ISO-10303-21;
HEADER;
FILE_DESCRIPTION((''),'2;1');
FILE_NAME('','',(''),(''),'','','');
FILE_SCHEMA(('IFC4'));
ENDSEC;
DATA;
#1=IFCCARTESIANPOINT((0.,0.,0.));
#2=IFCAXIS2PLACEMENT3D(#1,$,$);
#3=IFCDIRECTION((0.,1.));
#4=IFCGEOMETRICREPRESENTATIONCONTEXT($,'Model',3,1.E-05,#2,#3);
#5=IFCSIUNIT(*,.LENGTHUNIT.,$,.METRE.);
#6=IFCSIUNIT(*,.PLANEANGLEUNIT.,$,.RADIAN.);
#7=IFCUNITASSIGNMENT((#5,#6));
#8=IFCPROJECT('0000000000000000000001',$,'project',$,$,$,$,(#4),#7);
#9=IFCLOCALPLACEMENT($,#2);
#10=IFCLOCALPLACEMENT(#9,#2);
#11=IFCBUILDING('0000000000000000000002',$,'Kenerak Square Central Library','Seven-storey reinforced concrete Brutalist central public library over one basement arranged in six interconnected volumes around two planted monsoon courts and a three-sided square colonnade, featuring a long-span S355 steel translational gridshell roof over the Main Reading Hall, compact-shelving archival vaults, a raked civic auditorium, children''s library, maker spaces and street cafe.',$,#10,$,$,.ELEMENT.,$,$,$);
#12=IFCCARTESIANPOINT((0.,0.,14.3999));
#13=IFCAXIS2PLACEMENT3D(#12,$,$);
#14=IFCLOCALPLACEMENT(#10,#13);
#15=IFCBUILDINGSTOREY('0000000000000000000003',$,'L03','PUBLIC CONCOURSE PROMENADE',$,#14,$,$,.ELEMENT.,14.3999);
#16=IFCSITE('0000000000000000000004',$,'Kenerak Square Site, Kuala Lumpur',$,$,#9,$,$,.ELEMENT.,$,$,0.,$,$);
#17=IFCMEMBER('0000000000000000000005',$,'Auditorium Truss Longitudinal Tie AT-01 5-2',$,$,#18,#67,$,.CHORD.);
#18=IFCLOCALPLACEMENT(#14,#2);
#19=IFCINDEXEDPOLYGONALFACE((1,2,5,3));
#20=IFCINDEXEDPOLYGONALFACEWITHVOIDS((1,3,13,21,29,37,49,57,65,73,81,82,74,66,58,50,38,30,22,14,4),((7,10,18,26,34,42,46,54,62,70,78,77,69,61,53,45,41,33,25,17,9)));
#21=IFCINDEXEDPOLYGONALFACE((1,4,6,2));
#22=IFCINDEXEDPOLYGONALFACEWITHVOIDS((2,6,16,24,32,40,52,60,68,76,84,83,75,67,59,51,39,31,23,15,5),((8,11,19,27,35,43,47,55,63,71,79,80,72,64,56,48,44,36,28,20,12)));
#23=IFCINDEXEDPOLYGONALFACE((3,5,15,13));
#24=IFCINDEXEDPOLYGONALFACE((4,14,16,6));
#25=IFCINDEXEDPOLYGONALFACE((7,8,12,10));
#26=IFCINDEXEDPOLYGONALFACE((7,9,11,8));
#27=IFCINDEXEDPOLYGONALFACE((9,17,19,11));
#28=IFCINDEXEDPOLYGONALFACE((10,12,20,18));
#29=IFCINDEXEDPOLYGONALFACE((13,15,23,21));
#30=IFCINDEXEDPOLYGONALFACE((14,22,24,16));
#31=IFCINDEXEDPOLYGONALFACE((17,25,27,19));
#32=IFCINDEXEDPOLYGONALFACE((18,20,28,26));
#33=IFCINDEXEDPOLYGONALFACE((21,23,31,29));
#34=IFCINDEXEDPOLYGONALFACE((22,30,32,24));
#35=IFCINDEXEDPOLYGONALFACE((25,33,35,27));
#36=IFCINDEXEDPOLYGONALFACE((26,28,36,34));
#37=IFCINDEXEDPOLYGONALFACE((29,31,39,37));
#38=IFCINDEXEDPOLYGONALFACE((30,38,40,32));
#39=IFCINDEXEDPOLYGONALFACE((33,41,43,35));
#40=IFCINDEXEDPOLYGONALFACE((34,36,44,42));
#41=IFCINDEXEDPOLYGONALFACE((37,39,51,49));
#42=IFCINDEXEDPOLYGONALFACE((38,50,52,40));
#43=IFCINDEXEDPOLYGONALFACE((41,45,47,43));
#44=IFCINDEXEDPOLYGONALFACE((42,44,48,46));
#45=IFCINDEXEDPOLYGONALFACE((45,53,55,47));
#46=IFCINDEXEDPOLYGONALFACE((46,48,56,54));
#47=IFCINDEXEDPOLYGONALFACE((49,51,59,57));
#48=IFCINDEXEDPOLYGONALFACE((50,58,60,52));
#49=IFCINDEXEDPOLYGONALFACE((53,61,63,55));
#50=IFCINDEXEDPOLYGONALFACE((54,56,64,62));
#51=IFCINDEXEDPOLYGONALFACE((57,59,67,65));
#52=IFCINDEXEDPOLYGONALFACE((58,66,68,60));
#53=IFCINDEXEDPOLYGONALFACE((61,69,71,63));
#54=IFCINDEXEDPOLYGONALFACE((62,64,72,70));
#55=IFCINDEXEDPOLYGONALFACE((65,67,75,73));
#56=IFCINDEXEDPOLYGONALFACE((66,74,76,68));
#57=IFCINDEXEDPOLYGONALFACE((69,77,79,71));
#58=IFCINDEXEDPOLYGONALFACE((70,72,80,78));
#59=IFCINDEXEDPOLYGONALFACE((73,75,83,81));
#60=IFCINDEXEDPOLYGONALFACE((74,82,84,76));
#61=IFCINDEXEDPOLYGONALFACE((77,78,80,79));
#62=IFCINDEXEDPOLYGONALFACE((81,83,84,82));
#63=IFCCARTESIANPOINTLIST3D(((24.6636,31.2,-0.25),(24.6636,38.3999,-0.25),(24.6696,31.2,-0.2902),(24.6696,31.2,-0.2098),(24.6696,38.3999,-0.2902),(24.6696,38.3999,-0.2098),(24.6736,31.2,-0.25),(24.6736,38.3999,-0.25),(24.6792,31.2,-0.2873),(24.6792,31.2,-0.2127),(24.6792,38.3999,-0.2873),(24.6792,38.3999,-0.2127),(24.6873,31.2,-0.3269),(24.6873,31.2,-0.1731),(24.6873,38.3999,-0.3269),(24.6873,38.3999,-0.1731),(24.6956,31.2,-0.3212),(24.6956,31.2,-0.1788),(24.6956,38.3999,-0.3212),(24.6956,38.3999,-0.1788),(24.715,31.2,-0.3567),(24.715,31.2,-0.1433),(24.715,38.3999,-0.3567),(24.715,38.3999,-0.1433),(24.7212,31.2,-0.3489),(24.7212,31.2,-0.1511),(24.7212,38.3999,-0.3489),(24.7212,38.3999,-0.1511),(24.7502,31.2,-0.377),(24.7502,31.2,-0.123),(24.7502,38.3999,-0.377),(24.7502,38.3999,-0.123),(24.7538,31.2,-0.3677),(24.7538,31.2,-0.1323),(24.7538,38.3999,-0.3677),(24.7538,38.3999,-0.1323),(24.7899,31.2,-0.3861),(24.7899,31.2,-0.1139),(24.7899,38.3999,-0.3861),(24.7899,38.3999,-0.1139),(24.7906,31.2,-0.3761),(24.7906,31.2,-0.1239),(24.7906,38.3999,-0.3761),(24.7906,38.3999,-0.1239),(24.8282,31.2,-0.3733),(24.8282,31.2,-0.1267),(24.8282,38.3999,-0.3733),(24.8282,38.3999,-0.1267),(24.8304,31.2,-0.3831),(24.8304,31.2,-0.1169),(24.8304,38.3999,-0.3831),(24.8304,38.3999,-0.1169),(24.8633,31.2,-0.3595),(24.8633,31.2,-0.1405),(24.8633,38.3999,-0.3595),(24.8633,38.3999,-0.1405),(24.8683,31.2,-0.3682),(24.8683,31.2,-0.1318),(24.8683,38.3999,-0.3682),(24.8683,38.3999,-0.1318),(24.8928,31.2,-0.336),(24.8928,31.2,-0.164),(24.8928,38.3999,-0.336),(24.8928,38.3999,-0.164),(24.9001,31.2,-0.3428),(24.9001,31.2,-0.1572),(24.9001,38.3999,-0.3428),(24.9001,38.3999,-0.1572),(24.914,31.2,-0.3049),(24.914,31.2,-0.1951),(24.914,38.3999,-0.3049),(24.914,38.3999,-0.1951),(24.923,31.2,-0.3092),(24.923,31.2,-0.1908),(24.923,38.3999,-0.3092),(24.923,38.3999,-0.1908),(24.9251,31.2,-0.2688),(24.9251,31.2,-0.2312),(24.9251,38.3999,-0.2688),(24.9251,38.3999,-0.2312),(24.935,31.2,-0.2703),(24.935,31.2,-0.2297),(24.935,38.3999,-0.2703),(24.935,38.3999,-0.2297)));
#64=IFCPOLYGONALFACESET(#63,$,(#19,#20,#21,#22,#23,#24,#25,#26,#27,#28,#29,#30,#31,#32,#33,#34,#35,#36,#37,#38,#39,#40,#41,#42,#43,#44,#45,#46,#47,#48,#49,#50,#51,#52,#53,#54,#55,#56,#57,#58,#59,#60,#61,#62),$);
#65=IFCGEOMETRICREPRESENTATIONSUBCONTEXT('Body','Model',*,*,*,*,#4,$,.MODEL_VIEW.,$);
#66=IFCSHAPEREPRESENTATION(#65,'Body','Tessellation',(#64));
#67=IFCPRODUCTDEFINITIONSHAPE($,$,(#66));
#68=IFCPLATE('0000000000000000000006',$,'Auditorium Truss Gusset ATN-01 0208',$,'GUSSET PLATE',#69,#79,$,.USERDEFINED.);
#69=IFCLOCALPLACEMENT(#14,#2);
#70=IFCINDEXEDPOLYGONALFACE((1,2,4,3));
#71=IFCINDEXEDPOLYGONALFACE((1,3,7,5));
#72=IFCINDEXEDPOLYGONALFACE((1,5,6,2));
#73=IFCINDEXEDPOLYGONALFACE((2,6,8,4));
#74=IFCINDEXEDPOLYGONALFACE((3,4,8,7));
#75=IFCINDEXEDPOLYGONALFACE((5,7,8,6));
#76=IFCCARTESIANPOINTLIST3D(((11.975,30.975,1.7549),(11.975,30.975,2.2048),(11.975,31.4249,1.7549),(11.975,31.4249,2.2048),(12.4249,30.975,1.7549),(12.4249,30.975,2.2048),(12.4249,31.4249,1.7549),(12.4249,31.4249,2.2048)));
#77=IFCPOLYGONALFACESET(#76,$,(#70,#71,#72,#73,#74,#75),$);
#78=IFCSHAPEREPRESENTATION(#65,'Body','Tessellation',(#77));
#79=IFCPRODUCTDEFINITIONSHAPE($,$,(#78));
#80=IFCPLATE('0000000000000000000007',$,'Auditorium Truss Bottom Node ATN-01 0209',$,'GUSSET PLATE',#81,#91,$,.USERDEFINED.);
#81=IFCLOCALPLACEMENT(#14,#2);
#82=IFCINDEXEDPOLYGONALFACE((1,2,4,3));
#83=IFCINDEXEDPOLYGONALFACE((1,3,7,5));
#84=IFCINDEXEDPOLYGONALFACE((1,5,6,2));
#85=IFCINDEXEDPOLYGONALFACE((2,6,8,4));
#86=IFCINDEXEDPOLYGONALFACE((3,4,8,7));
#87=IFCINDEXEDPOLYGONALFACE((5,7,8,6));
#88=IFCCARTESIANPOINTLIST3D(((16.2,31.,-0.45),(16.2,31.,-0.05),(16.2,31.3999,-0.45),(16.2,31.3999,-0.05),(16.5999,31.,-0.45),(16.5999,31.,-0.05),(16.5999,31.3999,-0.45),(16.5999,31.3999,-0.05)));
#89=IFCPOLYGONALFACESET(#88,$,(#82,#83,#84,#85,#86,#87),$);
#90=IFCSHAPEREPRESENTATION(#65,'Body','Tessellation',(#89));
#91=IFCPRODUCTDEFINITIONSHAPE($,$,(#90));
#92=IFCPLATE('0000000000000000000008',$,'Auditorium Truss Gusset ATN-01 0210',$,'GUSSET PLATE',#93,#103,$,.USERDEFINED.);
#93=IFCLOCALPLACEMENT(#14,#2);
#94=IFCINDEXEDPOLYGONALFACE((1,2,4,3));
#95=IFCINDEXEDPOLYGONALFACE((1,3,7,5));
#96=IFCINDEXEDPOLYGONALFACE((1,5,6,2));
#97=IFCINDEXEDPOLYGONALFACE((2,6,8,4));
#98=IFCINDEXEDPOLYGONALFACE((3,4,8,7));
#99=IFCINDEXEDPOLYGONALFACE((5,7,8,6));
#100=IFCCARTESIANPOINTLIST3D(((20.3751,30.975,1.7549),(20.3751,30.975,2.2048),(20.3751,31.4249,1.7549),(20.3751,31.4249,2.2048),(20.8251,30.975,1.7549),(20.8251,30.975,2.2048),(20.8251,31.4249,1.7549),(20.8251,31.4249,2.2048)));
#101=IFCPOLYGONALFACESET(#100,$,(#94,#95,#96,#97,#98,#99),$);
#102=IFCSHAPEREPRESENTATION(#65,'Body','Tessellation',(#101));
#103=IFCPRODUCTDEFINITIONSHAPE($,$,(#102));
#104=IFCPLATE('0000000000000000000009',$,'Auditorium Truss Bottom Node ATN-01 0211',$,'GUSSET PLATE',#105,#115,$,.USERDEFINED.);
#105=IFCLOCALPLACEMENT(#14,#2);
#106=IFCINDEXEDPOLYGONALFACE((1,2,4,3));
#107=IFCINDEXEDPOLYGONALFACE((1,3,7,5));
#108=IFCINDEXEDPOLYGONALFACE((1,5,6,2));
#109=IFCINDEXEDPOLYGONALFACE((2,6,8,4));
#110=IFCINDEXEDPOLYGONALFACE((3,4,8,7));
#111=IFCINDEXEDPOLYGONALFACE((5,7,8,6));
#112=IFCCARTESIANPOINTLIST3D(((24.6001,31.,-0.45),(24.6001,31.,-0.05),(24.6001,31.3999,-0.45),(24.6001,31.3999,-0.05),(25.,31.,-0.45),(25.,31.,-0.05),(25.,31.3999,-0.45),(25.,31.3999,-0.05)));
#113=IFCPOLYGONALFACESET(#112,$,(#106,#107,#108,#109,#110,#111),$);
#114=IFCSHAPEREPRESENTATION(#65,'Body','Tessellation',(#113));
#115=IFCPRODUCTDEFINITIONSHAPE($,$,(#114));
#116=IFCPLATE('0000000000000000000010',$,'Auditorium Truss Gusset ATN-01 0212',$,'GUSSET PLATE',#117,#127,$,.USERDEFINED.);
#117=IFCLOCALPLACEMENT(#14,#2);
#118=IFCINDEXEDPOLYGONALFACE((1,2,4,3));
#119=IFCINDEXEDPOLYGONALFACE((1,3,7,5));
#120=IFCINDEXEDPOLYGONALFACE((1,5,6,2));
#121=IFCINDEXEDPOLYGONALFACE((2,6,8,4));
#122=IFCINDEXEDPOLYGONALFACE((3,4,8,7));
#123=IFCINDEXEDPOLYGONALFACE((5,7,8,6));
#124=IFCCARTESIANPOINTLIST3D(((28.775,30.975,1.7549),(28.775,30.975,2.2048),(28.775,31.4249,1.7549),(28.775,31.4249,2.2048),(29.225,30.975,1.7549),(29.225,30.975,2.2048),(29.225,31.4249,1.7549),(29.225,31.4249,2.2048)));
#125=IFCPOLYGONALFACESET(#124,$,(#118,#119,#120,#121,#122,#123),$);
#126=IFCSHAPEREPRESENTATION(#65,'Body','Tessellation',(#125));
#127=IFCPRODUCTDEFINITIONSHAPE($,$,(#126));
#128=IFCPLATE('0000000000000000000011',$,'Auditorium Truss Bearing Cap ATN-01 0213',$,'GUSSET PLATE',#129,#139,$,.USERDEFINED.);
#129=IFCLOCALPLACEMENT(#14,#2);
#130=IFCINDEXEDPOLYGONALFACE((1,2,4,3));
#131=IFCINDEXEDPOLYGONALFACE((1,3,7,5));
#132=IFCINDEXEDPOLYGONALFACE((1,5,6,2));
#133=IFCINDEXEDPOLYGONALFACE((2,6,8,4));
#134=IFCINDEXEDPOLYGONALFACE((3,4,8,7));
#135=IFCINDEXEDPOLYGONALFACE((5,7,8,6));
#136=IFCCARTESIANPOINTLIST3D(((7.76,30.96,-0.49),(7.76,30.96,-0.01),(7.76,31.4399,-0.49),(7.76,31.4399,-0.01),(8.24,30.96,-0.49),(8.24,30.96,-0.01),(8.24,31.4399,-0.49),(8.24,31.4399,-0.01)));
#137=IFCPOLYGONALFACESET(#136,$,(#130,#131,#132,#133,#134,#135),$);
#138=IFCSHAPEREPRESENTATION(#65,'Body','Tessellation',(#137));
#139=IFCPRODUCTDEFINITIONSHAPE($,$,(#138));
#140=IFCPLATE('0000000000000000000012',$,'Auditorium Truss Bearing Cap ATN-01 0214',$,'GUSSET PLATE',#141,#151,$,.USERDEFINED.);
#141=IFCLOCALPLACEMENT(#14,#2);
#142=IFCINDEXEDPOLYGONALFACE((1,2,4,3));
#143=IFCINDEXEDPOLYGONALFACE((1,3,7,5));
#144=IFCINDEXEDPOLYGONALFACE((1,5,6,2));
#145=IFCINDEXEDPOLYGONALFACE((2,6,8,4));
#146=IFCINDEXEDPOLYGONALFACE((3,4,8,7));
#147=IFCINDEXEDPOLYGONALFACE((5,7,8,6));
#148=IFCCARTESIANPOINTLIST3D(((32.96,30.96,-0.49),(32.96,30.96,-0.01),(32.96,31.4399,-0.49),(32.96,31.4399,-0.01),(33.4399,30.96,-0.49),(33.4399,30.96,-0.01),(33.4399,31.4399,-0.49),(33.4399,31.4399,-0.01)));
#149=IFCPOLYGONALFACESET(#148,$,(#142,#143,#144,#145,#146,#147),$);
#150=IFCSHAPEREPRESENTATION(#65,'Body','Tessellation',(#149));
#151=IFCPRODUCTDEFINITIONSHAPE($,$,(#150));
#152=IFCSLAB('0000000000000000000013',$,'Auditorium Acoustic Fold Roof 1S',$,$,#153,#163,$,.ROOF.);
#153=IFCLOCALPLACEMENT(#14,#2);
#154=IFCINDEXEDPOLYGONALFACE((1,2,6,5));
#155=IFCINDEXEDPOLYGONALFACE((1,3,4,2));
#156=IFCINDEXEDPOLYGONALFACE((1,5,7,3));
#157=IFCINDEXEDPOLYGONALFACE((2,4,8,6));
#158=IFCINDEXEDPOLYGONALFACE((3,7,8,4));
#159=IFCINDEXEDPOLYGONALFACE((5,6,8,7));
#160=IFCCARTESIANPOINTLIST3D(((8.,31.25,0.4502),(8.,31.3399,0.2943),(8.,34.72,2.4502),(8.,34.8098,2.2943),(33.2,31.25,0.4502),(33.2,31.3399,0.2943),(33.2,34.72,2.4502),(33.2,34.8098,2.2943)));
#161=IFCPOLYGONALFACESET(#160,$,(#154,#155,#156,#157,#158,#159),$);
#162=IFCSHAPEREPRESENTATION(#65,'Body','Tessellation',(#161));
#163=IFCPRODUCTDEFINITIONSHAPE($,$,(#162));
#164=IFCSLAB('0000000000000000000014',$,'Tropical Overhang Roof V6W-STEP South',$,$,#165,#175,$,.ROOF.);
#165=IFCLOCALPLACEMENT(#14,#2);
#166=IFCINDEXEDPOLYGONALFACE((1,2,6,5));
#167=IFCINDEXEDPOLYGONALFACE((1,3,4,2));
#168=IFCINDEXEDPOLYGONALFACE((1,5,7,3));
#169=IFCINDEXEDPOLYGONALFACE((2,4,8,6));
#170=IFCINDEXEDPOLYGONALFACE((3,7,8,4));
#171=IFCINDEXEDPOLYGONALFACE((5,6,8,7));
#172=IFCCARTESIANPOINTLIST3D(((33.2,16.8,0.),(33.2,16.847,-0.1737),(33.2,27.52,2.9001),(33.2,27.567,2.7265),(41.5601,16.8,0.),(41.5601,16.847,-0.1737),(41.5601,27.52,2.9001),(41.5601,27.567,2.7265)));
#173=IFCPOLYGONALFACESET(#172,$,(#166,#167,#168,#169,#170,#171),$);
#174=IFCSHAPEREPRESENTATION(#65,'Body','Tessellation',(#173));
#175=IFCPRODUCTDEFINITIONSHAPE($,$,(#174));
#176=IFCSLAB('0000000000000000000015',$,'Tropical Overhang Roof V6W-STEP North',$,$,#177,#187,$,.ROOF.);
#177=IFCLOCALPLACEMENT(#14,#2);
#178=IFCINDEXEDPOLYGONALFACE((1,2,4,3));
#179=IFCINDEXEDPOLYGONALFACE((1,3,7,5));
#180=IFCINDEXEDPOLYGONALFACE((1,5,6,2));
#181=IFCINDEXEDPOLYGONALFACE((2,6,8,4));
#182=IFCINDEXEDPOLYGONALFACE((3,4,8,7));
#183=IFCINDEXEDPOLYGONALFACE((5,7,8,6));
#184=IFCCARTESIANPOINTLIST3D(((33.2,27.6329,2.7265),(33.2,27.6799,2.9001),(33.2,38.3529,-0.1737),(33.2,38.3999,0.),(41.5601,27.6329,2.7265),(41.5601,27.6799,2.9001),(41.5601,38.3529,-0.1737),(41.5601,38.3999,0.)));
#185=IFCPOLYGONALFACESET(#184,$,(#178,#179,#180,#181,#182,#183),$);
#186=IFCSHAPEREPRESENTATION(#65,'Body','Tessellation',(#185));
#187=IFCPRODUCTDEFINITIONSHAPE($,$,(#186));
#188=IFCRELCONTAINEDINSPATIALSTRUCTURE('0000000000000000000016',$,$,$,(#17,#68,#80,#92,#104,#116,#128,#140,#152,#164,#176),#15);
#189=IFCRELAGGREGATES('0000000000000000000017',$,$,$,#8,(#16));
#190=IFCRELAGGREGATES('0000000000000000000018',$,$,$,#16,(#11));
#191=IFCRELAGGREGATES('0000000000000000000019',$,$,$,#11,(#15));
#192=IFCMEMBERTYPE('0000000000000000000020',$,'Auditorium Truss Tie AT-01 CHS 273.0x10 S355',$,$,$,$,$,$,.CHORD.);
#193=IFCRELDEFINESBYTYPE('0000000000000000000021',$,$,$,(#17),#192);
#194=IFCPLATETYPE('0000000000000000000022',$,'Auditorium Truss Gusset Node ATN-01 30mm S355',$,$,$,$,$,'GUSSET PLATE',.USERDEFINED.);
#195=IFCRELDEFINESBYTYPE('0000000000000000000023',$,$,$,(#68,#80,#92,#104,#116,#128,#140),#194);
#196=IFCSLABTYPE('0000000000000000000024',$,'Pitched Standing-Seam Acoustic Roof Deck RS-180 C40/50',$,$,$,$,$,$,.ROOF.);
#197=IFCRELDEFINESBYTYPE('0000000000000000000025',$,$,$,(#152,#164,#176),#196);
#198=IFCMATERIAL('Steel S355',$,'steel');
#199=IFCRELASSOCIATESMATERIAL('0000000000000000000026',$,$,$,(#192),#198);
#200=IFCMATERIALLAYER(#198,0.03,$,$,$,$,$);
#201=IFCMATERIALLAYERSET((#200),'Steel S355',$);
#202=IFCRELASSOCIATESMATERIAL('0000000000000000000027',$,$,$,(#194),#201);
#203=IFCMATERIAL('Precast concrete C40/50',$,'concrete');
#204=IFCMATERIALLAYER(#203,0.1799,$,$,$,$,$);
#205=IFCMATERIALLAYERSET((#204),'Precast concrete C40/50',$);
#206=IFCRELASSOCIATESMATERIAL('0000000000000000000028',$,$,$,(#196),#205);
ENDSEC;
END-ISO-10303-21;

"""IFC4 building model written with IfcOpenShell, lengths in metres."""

from ifc_helpers import new_model, si_unit, direction, frame, origin, origin_2d, place, context, subcontext, project, spatial, polyline, rectangle, hollow_circle, outline, extrude, material, layer, layer_set, material_profile, profile_set, type_object, element, save


model = new_model("IFC4")

# Units and contexts
model_context = context("Model", 3, precision=1e-05, world=origin(), true_north=direction((0.0, 1.0)))
body_context = subcontext(model_context, "Body", "Model", "MODEL_VIEW")
ifc_project = project(units=[si_unit("LENGTHUNIT", "METRE"), si_unit("PLANEANGLEUNIT", "RADIAN")], contexts=[model_context])

# Site, building, storey
site_placement = place(None, origin())
site = spatial("IfcSite", under=ifc_project, at=site_placement, Name="Kenerak Square Site, Kuala Lumpur", CompositionType="ELEMENT", RefElevation=0.0)
building_placement = place(site_placement, origin())
building = spatial("IfcBuilding", under=site, at=building_placement, Name="Kenerak Square Central Library", Description="Seven-storey reinforced concrete Brutalist central public library over one basement arranged in six interconnected volumes around two planted monsoon courts and a three-sided square colonnade, featuring a long-span S355 steel translational gridshell roof over the Main Reading Hall, compact-shelving archival vaults, a raked civic auditorium, children's library, maker spaces and street cafe.", CompositionType="ELEMENT")
storey_placement = place(building_placement, frame((0.0, 0.0, 14.3999)))
storey = spatial("IfcBuildingStorey", under=building, at=storey_placement, Name="L03", Description="PUBLIC CONCOURSE PROMENADE", CompositionType="ELEMENT", Elevation=14.3999)

# Shared definitions
ifc_material_1 = material(Name="Steel S355", Category="steel")

# Member
ifc_material_profile_1 = material_profile(ifc_material_1, hollow_circle(Radius=0.1365, WallThickness=0.01, at=origin_2d()), Name="CHS 273.0x10.0")
ifc_profile_set_1 = profile_set([ifc_material_profile_1], Name="Steel S355")
member_type_1 = type_object("IfcMemberType", Name="Auditorium Truss Tie AT-01 CHS 273.0x10 S355", PredefinedType="CHORD", material=ifc_profile_set_1)
for number, where, z_axis, x_axis, name in (
    (1, (24.8, 31.2, -0.25), (0.0, 1.0, 0.0), (-1.0, 0.0, 0.0), "Auditorium Truss Longitudinal Tie AT-01 5-2"),
):
    element("IfcMember", number, at=place(storey_placement, frame(where, z_axis=z_axis, x_axis=x_axis)), inside=storey, type_object=member_type_1, Name=name, PredefinedType="CHORD", context=body_context, shape_type="SweptSolid", body=[
        extrude(hollow_circle(Radius=0.1365, WallThickness=0.01, at=origin_2d()), origin(), (0.0, 0.0, 1.0), 7.2),
    ])

# Plates
ifc_layer_1 = layer(ifc_material_1, 0.03)
ifc_layer_set_1 = layer_set([ifc_layer_1], Name="Steel S355")
plate_type = type_object("IfcPlateType", Name="Auditorium Truss Gusset Node ATN-01 30mm S355", ElementType="GUSSET PLATE", PredefinedType="USERDEFINED", material=ifc_layer_set_1)
plate_1_placement = place(storey_placement, frame((12.2, 31.2, 1.7549), z_axis=(0.0, 0.0, 1.0), x_axis=(1.0, 0.0, 0.0)))
element("IfcPlate", 2, at=plate_1_placement, inside=storey, type_object=plate_type, Name="Auditorium Truss Gusset ATN-01 0208", ObjectType="GUSSET PLATE", PredefinedType="USERDEFINED", context=body_context, shape_type="SweptSolid", body=[
    extrude(rectangle(XDim=0.45, YDim=0.45, at=origin_2d()), origin(), (0.0, 0.0, 1.0), 0.45),
])
plate_2_placement = place(storey_placement, frame((16.3999, 31.2, -0.45), z_axis=(0.0, 0.0, 1.0), x_axis=(1.0, 0.0, 0.0)))
element("IfcPlate", 3, at=plate_2_placement, inside=storey, type_object=plate_type, Name="Auditorium Truss Bottom Node ATN-01 0209", ObjectType="GUSSET PLATE", PredefinedType="USERDEFINED", context=body_context, shape_type="SweptSolid", body=[
    extrude(rectangle(XDim=0.3999, YDim=0.3999, at=origin_2d()), origin(), (0.0, 0.0, 1.0), 0.3999),
])
plate_3_placement = place(storey_placement, frame((20.6001, 31.2, 1.7549), z_axis=(0.0, 0.0, 1.0), x_axis=(1.0, 0.0, 0.0)))
element("IfcPlate", 4, at=plate_3_placement, inside=storey, type_object=plate_type, Name="Auditorium Truss Gusset ATN-01 0210", ObjectType="GUSSET PLATE", PredefinedType="USERDEFINED", context=body_context, shape_type="SweptSolid", body=[
    extrude(rectangle(XDim=0.45, YDim=0.45, at=origin_2d()), origin(), (0.0, 0.0, 1.0), 0.45),
])
plate_4_placement = place(storey_placement, frame((24.8, 31.2, -0.45), z_axis=(0.0, 0.0, 1.0), x_axis=(1.0, 0.0, 0.0)))
element("IfcPlate", 5, at=plate_4_placement, inside=storey, type_object=plate_type, Name="Auditorium Truss Bottom Node ATN-01 0211", ObjectType="GUSSET PLATE", PredefinedType="USERDEFINED", context=body_context, shape_type="SweptSolid", body=[
    extrude(rectangle(XDim=0.3999, YDim=0.3999, at=origin_2d()), origin(), (0.0, 0.0, 1.0), 0.3999),
])
plate_5_placement = place(storey_placement, frame((29.0, 31.2, 1.7549), z_axis=(0.0, 0.0, 1.0), x_axis=(1.0, 0.0, 0.0)))
element("IfcPlate", 6, at=plate_5_placement, inside=storey, type_object=plate_type, Name="Auditorium Truss Gusset ATN-01 0212", ObjectType="GUSSET PLATE", PredefinedType="USERDEFINED", context=body_context, shape_type="SweptSolid", body=[
    extrude(rectangle(XDim=0.45, YDim=0.45, at=origin_2d()), origin(), (0.0, 0.0, 1.0), 0.45),
])
for number, where, z_axis, x_axis, name in (
    (7, (8.0, 31.2, -0.49), (0.0, 0.0, 1.0), (1.0, 0.0, 0.0), "Auditorium Truss Bearing Cap ATN-01 0213"),
    (8, (33.2, 31.2, -0.49), (0.0, 0.0, 1.0), (1.0, 0.0, 0.0), "Auditorium Truss Bearing Cap ATN-01 0214"),
):
    element("IfcPlate", number, at=place(storey_placement, frame(where, z_axis=z_axis, x_axis=x_axis)), inside=storey, type_object=plate_type, Name=name, ObjectType="GUSSET PLATE", PredefinedType="USERDEFINED", context=body_context, shape_type="SweptSolid", body=[
        extrude(rectangle(XDim=0.48, YDim=0.48, at=origin_2d()), origin(), (0.0, 0.0, 1.0), 0.48),
    ])

# Slabs
ifc_material_2 = material(Name="Precast concrete C40/50", Category="concrete")
ifc_layer_2 = layer(ifc_material_2, 0.1799)
ifc_layer_set_2 = layer_set([ifc_layer_2], Name="Precast concrete C40/50")
slab_type = type_object("IfcSlabType", Name="Pitched Standing-Seam Acoustic Roof Deck RS-180 C40/50", PredefinedType="ROOF", material=ifc_layer_set_2)
slab_placement = place(storey_placement, frame((8.0, 31.25, 0.4502), z_axis=(0.0, -0.499365, 0.866392), x_axis=(1.0, 0.0, 0.0)))
element("IfcSlab", 9, at=slab_placement, inside=storey, type_object=slab_type, Name="Auditorium Acoustic Fold Roof 1S", PredefinedType="ROOF", context=body_context, shape_type="SweptSolid", body=[
    extrude(outline(polyline([(0.0, 0.0), (25.2, 0.0), (25.2, 4.0051), (0.0, 4.0051), (0.0, 0.0)])), origin(), (0.0, 0.0, -1.0), 0.1799),
])
for number, where, z_axis, x_axis, name in (
    (10, (33.2, 16.8, 0.0), (0.0, -0.261149, 0.965299), (1.0, 0.0, 0.0), "Tropical Overhang Roof V6W-STEP South"),
    (11, (33.2, 27.6799, 2.9001), (0.0, 0.261149, 0.965299), (1.0, 0.0, 0.0), "Tropical Overhang Roof V6W-STEP North"),
):
    element("IfcSlab", number, at=place(storey_placement, frame(where, z_axis=z_axis, x_axis=x_axis)), inside=storey, type_object=slab_type, Name=name, PredefinedType="ROOF", context=body_context, shape_type="SweptSolid", body=[
        extrude(outline(polyline([(0.0, 0.0), (8.3601, 0.0), (8.3601, 11.1053), (0.0, 11.1053), (0.0, 0.0)])), origin(), (0.0, 0.0, -1.0), 0.1799),
    ])

save(model, "model.ifc")
